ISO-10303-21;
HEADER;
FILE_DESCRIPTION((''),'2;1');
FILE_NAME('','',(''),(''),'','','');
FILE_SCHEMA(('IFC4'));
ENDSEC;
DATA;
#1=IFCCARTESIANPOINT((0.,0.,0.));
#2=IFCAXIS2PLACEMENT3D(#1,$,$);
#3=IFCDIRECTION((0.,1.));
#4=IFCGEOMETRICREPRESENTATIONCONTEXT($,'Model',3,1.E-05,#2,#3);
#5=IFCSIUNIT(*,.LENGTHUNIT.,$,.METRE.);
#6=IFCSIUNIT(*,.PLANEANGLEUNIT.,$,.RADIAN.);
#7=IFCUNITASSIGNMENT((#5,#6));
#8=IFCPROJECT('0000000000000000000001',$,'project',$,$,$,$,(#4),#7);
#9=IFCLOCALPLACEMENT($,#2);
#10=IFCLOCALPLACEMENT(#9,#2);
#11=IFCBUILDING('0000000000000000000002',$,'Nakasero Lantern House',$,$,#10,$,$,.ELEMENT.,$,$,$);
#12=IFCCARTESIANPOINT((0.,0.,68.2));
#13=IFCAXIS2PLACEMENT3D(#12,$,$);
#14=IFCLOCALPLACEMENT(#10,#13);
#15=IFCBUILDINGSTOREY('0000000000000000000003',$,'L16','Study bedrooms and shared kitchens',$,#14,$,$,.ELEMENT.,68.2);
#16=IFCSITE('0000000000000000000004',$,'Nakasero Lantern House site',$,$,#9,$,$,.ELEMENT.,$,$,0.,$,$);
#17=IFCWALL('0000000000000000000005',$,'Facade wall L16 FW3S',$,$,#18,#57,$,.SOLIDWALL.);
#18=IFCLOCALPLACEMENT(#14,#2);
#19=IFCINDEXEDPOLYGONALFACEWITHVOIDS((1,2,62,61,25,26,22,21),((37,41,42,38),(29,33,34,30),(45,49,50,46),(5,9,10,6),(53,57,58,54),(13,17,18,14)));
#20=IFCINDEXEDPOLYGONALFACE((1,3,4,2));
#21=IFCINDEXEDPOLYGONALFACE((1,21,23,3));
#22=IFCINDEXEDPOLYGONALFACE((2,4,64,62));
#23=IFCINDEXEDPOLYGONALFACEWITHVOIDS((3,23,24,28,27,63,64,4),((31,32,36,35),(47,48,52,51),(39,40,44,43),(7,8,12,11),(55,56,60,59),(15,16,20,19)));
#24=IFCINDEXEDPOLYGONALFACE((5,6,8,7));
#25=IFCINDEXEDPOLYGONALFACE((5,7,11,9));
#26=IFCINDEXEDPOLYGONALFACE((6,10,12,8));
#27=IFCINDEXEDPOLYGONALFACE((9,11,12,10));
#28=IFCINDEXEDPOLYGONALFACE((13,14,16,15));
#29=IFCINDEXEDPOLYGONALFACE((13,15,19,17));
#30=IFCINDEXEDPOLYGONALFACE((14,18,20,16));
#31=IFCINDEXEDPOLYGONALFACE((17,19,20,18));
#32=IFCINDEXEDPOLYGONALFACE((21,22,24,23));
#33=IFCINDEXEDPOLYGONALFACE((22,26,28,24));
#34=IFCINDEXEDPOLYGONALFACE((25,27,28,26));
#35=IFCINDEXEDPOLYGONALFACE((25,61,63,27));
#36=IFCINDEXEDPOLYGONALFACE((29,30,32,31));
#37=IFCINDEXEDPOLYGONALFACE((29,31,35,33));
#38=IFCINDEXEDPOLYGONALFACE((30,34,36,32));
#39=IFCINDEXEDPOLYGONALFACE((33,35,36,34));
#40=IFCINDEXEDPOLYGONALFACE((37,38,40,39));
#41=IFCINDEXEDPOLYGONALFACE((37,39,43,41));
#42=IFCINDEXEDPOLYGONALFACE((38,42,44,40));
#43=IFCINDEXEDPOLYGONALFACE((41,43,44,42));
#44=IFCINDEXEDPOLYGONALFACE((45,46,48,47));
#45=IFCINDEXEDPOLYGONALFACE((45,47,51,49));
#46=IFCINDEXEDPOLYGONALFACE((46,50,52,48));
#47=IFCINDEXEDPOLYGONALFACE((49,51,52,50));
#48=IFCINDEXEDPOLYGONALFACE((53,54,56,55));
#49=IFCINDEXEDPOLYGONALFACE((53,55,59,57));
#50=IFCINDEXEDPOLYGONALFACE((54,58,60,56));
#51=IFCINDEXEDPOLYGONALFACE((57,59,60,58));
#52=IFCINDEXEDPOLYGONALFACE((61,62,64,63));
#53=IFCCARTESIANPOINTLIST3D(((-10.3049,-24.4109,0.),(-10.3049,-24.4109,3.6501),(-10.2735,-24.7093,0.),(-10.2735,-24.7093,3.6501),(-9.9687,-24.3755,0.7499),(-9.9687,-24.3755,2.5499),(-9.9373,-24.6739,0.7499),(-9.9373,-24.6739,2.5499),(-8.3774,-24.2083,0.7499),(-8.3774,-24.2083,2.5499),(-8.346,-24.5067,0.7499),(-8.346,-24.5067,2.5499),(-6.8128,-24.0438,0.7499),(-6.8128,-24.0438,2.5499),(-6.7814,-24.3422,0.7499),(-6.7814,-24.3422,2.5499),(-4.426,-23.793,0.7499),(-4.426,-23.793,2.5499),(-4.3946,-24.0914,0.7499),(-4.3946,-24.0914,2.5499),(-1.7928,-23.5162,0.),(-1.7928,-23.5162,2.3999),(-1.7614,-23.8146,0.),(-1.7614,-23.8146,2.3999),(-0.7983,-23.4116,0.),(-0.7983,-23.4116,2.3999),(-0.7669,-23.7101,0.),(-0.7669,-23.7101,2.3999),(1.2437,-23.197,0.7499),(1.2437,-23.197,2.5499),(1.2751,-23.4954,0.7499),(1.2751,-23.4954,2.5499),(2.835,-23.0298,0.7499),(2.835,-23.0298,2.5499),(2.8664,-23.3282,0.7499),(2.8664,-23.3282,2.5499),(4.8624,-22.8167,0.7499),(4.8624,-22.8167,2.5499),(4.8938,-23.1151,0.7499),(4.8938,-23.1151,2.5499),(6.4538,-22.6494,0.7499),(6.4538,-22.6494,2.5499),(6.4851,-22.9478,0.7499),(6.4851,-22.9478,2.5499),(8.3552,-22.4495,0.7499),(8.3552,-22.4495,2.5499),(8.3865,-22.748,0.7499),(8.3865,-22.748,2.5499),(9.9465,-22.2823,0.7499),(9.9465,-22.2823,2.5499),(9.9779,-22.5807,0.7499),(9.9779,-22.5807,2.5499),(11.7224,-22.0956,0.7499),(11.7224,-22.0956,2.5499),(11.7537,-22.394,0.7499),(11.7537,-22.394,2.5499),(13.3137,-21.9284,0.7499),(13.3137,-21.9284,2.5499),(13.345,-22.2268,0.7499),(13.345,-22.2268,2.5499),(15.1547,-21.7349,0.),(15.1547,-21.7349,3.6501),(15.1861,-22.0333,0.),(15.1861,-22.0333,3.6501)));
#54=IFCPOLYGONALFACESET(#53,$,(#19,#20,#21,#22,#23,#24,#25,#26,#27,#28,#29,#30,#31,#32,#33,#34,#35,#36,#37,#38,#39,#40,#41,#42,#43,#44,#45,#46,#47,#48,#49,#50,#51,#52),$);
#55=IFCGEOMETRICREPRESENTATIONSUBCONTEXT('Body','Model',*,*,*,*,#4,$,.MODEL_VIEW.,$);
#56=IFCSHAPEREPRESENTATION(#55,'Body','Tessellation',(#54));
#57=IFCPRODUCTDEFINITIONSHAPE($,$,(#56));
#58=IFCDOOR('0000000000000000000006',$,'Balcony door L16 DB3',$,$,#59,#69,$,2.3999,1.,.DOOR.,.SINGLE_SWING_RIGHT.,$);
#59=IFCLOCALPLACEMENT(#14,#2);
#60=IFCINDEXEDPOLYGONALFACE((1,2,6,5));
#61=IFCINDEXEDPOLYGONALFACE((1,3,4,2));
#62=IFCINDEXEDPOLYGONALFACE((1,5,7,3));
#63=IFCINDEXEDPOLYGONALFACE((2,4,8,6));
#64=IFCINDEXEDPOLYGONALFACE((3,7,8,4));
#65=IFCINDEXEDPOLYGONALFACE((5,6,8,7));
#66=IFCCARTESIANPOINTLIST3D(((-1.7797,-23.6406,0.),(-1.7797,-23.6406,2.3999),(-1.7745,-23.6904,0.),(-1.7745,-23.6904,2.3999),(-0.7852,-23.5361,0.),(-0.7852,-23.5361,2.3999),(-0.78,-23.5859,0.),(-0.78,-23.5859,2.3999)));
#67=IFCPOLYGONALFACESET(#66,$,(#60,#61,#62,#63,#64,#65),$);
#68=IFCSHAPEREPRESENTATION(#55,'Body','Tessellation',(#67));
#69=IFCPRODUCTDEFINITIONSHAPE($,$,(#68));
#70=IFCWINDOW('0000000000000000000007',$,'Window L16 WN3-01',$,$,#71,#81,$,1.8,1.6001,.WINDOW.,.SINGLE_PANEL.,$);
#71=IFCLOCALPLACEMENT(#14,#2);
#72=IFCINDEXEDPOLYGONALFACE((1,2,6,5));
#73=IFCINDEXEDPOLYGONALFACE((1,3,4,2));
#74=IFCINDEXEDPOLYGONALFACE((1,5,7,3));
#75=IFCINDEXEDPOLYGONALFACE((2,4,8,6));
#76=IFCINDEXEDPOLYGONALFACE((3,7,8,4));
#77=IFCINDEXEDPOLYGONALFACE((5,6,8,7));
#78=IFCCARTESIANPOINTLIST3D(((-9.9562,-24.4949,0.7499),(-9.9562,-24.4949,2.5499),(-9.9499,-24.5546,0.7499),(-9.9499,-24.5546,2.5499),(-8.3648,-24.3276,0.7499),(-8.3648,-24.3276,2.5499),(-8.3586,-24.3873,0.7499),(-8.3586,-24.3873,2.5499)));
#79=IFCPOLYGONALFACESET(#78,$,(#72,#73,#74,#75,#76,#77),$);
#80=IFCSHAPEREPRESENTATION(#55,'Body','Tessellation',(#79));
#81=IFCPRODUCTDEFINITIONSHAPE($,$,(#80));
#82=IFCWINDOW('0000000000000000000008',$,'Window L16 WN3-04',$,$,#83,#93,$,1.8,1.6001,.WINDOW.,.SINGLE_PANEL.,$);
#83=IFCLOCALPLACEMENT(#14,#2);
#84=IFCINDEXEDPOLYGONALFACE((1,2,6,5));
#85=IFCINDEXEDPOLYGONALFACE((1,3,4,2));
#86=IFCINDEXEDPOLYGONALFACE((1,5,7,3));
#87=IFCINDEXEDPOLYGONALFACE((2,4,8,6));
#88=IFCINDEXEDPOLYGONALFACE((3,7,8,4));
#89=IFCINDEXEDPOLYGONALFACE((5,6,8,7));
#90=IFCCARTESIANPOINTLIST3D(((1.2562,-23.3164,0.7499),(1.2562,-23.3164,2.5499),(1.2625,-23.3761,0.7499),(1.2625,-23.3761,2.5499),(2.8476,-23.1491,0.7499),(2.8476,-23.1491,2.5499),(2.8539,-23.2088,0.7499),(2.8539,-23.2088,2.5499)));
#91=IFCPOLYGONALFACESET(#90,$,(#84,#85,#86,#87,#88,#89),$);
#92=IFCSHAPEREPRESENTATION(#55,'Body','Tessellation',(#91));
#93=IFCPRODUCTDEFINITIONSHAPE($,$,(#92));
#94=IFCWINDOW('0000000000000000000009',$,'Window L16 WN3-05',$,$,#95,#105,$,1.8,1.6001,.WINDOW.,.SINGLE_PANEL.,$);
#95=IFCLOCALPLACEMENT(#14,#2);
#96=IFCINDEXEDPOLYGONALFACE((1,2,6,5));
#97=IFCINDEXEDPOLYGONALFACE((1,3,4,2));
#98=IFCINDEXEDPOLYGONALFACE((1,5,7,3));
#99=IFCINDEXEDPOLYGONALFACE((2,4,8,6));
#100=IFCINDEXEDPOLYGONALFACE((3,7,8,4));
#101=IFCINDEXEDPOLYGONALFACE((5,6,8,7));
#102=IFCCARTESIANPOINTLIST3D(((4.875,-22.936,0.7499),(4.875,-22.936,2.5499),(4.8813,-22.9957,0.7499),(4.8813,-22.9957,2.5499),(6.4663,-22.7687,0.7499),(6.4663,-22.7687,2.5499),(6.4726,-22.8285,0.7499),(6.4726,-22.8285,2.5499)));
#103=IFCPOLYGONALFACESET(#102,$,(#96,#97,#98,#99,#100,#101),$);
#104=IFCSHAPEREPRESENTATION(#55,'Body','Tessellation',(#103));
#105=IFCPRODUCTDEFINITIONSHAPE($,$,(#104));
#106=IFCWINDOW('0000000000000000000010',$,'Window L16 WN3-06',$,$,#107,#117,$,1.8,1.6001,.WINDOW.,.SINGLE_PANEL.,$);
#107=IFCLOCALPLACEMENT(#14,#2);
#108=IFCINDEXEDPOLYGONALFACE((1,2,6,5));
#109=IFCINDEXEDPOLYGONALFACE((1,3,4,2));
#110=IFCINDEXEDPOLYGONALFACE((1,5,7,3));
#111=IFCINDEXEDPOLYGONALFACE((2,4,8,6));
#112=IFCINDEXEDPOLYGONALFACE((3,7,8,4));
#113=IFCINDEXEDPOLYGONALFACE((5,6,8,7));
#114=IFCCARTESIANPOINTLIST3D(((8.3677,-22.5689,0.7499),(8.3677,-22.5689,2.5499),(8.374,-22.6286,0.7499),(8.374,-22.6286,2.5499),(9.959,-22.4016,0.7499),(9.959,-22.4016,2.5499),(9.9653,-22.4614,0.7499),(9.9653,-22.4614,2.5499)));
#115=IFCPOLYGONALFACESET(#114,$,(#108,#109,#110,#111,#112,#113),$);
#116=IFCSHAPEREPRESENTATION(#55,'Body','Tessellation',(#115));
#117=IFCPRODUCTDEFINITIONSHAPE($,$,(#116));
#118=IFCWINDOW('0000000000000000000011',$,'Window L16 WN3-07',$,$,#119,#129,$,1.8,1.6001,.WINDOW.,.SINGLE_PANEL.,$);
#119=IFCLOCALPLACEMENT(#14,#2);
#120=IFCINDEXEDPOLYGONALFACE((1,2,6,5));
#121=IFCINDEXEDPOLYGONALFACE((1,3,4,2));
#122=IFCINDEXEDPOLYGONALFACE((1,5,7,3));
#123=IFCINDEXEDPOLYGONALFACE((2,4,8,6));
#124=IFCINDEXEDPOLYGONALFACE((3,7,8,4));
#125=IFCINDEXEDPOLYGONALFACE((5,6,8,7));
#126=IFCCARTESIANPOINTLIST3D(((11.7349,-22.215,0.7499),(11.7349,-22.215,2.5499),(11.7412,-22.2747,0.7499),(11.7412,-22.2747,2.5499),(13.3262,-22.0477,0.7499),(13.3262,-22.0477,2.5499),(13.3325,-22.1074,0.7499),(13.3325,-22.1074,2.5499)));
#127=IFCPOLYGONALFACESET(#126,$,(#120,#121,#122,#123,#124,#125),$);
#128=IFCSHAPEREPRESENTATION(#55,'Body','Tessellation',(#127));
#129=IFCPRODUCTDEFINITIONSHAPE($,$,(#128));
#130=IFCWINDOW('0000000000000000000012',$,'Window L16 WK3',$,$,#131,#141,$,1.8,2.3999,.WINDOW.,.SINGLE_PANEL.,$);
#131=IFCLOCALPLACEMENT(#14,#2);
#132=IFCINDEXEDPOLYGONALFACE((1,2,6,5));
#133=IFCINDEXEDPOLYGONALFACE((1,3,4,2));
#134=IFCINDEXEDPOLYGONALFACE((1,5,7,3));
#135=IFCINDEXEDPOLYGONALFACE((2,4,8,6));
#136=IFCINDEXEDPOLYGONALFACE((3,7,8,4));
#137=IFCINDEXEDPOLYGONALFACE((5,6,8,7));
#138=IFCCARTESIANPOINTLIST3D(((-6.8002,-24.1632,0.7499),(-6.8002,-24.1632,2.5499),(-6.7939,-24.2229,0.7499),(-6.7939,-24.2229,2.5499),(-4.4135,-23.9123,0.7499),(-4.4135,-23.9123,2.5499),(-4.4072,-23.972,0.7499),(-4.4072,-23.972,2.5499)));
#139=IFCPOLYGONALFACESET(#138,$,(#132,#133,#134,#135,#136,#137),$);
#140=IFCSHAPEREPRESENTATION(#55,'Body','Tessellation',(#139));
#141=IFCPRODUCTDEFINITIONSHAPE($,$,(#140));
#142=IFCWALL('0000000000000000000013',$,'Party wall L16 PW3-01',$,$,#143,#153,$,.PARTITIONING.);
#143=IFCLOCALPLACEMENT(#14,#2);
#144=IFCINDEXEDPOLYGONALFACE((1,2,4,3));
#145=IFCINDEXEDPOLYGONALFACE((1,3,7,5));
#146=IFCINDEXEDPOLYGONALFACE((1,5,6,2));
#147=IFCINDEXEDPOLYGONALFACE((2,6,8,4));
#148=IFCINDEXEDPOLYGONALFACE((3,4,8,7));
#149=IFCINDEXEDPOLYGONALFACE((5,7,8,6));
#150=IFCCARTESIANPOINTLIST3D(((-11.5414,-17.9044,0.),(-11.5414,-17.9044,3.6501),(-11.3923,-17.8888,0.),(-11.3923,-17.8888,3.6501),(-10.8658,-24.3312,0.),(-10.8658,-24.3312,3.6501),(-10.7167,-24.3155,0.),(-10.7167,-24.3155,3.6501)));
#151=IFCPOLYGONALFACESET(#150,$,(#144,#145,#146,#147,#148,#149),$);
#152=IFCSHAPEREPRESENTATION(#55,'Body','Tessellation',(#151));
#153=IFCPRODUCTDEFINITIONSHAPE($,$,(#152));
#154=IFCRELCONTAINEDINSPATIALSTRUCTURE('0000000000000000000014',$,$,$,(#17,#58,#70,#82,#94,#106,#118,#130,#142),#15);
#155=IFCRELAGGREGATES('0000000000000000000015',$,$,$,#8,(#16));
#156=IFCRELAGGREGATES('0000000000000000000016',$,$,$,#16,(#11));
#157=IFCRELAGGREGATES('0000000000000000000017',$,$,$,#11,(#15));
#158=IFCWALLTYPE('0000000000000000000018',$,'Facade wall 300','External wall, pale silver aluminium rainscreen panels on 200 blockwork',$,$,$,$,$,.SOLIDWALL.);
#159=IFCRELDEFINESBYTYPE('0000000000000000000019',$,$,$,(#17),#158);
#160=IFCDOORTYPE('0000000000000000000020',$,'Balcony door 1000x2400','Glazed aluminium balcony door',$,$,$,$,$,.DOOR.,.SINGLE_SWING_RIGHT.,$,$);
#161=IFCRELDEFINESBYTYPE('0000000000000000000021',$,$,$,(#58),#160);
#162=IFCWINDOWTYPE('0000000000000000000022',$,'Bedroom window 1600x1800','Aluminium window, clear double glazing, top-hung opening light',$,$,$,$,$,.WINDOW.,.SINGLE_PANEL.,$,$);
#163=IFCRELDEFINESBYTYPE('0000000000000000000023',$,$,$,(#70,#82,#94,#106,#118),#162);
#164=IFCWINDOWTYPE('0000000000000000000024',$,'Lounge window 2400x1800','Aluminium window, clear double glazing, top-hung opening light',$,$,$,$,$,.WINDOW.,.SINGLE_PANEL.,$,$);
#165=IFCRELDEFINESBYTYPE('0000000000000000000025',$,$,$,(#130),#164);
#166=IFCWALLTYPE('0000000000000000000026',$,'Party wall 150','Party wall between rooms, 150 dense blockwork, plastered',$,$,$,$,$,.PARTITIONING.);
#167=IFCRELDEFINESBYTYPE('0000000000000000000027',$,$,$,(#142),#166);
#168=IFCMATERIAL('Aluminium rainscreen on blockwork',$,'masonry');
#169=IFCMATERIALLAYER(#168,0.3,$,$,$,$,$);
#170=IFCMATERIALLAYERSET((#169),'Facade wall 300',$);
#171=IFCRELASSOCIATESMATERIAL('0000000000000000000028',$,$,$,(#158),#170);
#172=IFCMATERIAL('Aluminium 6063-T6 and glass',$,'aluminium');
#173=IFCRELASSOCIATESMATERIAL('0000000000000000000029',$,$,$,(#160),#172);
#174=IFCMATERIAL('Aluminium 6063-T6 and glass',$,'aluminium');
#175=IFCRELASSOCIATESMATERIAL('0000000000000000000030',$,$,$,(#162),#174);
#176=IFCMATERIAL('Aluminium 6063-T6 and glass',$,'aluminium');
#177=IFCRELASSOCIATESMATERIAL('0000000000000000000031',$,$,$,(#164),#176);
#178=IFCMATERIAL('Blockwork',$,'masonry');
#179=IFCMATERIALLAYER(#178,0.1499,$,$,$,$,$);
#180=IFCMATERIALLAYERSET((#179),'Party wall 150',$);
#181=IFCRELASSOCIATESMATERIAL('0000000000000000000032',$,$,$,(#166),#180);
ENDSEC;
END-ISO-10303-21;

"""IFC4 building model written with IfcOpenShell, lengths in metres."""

from ifc_helpers import new_model, si_unit, direction, frame, frame_2d, origin, place, context, subcontext, project, spatial, rectangle, extrude, material, layer, layer_set, type_object, element, fill, save


model = new_model("IFC4")

# Units and contexts
model_context = context("Model", 3, precision=1e-05, world=origin(), true_north=direction((0.0, 1.0)))
body_context = subcontext(model_context, "Body", "Model", "MODEL_VIEW")
ifc_project = project(units=[si_unit("LENGTHUNIT", "METRE"), si_unit("PLANEANGLEUNIT", "RADIAN")], contexts=[model_context])

# Site, building, storey
site_placement = place(None, origin())
site = spatial("IfcSite", under=ifc_project, at=site_placement, Name="Nakasero Lantern House site", CompositionType="ELEMENT", RefElevation=0.0)
building_placement = place(site_placement, origin())
building = spatial("IfcBuilding", under=site, at=building_placement, Name="Nakasero Lantern House", CompositionType="ELEMENT")
storey_placement = place(building_placement, frame((0.0, 0.0, 68.2)))
storey = spatial("IfcBuildingStorey", under=building, at=storey_placement, Name="L16", Description="Study bedrooms and shared kitchens", CompositionType="ELEMENT", Elevation=68.2)

# Wall, openings, door, windows
ifc_material_1 = material(Name="Aluminium rainscreen on blockwork", Category="masonry")
ifc_layer_1 = layer(ifc_material_1, 0.3)
ifc_layer_set_1 = layer_set([ifc_layer_1], Name="Facade wall 300")
wall_type_1 = type_object("IfcWallType", Name="Facade wall 300", Description="External wall, pale silver aluminium rainscreen panels on 200 blockwork", PredefinedType="SOLIDWALL", material=ifc_layer_set_1)
wall_1_placement = place(storey_placement, frame((-10.2891, -24.5601, 0.0), z_axis=(0.0, 0.0, 1.0), x_axis=(0.994521, 0.104532, 0.0)))
wall_1 = element("IfcWall", 1, at=wall_1_placement, inside=storey, type_object=wall_type_1, Name="Facade wall L16 FW3S", PredefinedType="SOLIDWALL", context=body_context, shape_type="SweptSolid", body=[
    extrude(rectangle(XDim=25.5999, YDim=0.3, at=frame_2d((12.7998, 0.0))), origin(), (0.0, 0.0, 1.0), 3.6501),
])
opening_1_placement = place(wall_1_placement, frame((0.3379, 0.0, 0.75)))
opening_1 = element("IfcOpeningElement", 2, at=opening_1_placement, cuts=wall_1, PredefinedType="OPENING", context=body_context, shape_type="SweptSolid", body=[
    extrude(rectangle(XDim=1.6001, YDim=1.8, at=frame_2d((0.8, 0.8999))), frame((0.0, 0.1699, 0.0), z_axis=(0.0, -1.0, 0.0), x_axis=(1.0, 0.0, 0.0)), (0.0, 0.0, 1.0), 0.3401),
])
opening_2_placement = place(wall_1_placement, frame((11.6121, 0.0, 0.75)))
opening_2 = element("IfcOpeningElement", 3, at=opening_2_placement, cuts=wall_1, PredefinedType="OPENING", context=body_context, shape_type="SweptSolid", body=[
    extrude(rectangle(XDim=1.6001, YDim=1.8, at=frame_2d((0.8, 0.8999))), frame((0.0, 0.1699, 0.0), z_axis=(0.0, -1.0, 0.0), x_axis=(1.0, 0.0, 0.0)), (0.0, 0.0, 1.0), 0.3401),
])
opening_3_placement = place(wall_1_placement, frame((15.2507, 0.0, 0.75)))
opening_3 = element("IfcOpeningElement", 4, at=opening_3_placement, cuts=wall_1, PredefinedType="OPENING", context=body_context, shape_type="SweptSolid", body=[
    extrude(rectangle(XDim=1.6001, YDim=1.8, at=frame_2d((0.8, 0.8999))), frame((0.0, 0.1699, 0.0), z_axis=(0.0, -1.0, 0.0), x_axis=(1.0, 0.0, 0.0)), (0.0, 0.0, 1.0), 0.3401),
])
opening_4_placement = place(wall_1_placement, frame((18.7627, 0.0, 0.75)))
opening_4 = element("IfcOpeningElement", 5, at=opening_4_placement, cuts=wall_1, PredefinedType="OPENING", context=body_context, shape_type="SweptSolid", body=[
    extrude(rectangle(XDim=1.6001, YDim=1.8, at=frame_2d((0.8, 0.8999))), frame((0.0, 0.1699, 0.0), z_axis=(0.0, -1.0, 0.0), x_axis=(1.0, 0.0, 0.0)), (0.0, 0.0, 1.0), 0.3401),
])
opening_5_placement = place(wall_1_placement, frame((22.1484, 0.0, 0.75)))
opening_5 = element("IfcOpeningElement", 6, at=opening_5_placement, cuts=wall_1, PredefinedType="OPENING", context=body_context, shape_type="SweptSolid", body=[
    extrude(rectangle(XDim=1.6001, YDim=1.8, at=frame_2d((0.8, 0.8999))), frame((0.0, 0.1699, 0.0), z_axis=(0.0, -1.0, 0.0), x_axis=(1.0, 0.0, 0.0)), (0.0, 0.0, 1.0), 0.3401),
])
opening_6_placement = place(wall_1_placement, frame((3.5112, 0.0, 0.75)))
opening_6 = element("IfcOpeningElement", 7, at=opening_6_placement, cuts=wall_1, PredefinedType="OPENING", context=body_context, shape_type="SweptSolid", body=[
    extrude(rectangle(XDim=2.3999, YDim=1.8, at=frame_2d((1.2, 0.8999))), frame((0.0, 0.1699, 0.0), z_axis=(0.0, -1.0, 0.0), x_axis=(1.0, 0.0, 0.0)), (0.0, 0.0, 1.0), 0.3401),
])
opening_7_placement = place(wall_1_placement, frame((8.5588, 0.0, 0.0)))
opening_7 = element("IfcOpeningElement", 8, at=opening_7_placement, cuts=wall_1, PredefinedType="OPENING", context=body_context, shape_type="SweptSolid", body=[
    extrude(rectangle(XDim=1.0, YDim=2.3999, at=frame_2d((0.5, 1.2))), frame((0.0, 0.1699, 0.0), z_axis=(0.0, -1.0, 0.0), x_axis=(1.0, 0.0, 0.0)), (0.0, 0.0, 1.0), 0.3401),
])
ifc_material_2 = material(Name="Aluminium 6063-T6 and glass", Category="aluminium")
door_type_1 = type_object("IfcDoorType", Name="Balcony door 1000x2400", Description="Glazed aluminium balcony door", OperationType="SINGLE_SWING_RIGHT", PredefinedType="DOOR", material=ifc_material_2)
door_1_placement = place(opening_7_placement, origin())
door_1 = element("IfcDoor", 9, at=door_1_placement, inside=storey, type_object=door_type_1, Name="Balcony door L16 DB3", OperationType="SINGLE_SWING_RIGHT", OverallHeight=2.3999, OverallWidth=1.0, PredefinedType="DOOR", context=body_context, shape_type="SweptSolid", body=[
    extrude(rectangle(XDim=1.0, YDim=2.3999, at=frame_2d((0.5, 1.2))), frame((0.0, 0.0249, 0.0), z_axis=(0.0, -1.0, 0.0), x_axis=(1.0, 0.0, 0.0)), (0.0, 0.0, 1.0), 0.05),
])
fill(opening_7, door_1)
ifc_material_3 = material(Name="Aluminium 6063-T6 and glass", Category="aluminium")
window_type_1 = type_object("IfcWindowType", Name="Bedroom window 1600x1800", Description="Aluminium window, clear double glazing, top-hung opening light", PartitioningType="SINGLE_PANEL", PredefinedType="WINDOW", material=ifc_material_3)
window_1_placement = place(opening_1_placement, origin())
window_1 = element("IfcWindow", 10, at=window_1_placement, inside=storey, type_object=window_type_1, Name="Window L16 WN3-01", OverallHeight=1.8, OverallWidth=1.6001, PartitioningType="SINGLE_PANEL", PredefinedType="WINDOW", context=body_context, shape_type="SweptSolid", body=[
    extrude(rectangle(XDim=1.6001, YDim=1.8, at=frame_2d((0.8, 0.8999))), frame((0.0, 0.03, 0.0), z_axis=(0.0, -1.0, 0.0), x_axis=(1.0, 0.0, 0.0)), (0.0, 0.0, 1.0), 0.0601),
])
fill(opening_1, window_1)
window_2_placement = place(opening_2_placement, origin())
window_2 = element("IfcWindow", 11, at=window_2_placement, inside=storey, type_object=window_type_1, Name="Window L16 WN3-04", OverallHeight=1.8, OverallWidth=1.6001, PartitioningType="SINGLE_PANEL", PredefinedType="WINDOW", context=body_context, shape_type="SweptSolid", body=[
    extrude(rectangle(XDim=1.6001, YDim=1.8, at=frame_2d((0.8, 0.8999))), frame((0.0, 0.03, 0.0), z_axis=(0.0, -1.0, 0.0), x_axis=(1.0, 0.0, 0.0)), (0.0, 0.0, 1.0), 0.0601),
])
fill(opening_2, window_2)
window_3_placement = place(opening_3_placement, origin())
window_3 = element("IfcWindow", 12, at=window_3_placement, inside=storey, type_object=window_type_1, Name="Window L16 WN3-05", OverallHeight=1.8, OverallWidth=1.6001, PartitioningType="SINGLE_PANEL", PredefinedType="WINDOW", context=body_context, shape_type="SweptSolid", body=[
    extrude(rectangle(XDim=1.6001, YDim=1.8, at=frame_2d((0.8, 0.8999))), frame((0.0, 0.03, 0.0), z_axis=(0.0, -1.0, 0.0), x_axis=(1.0, 0.0, 0.0)), (0.0, 0.0, 1.0), 0.0601),
])
fill(opening_3, window_3)
window_4_placement = place(opening_4_placement, origin())
window_4 = element("IfcWindow", 13, at=window_4_placement, inside=storey, type_object=window_type_1, Name="Window L16 WN3-06", OverallHeight=1.8, OverallWidth=1.6001, PartitioningType="SINGLE_PANEL", PredefinedType="WINDOW", context=body_context, shape_type="SweptSolid", body=[
    extrude(rectangle(XDim=1.6001, YDim=1.8, at=frame_2d((0.8, 0.8999))), frame((0.0, 0.03, 0.0), z_axis=(0.0, -1.0, 0.0), x_axis=(1.0, 0.0, 0.0)), (0.0, 0.0, 1.0), 0.0601),
])
fill(opening_4, window_4)
window_5_placement = place(opening_5_placement, origin())
window_5 = element("IfcWindow", 14, at=window_5_placement, inside=storey, type_object=window_type_1, Name="Window L16 WN3-07", OverallHeight=1.8, OverallWidth=1.6001, PartitioningType="SINGLE_PANEL", PredefinedType="WINDOW", context=body_context, shape_type="SweptSolid", body=[
    extrude(rectangle(XDim=1.6001, YDim=1.8, at=frame_2d((0.8, 0.8999))), frame((0.0, 0.03, 0.0), z_axis=(0.0, -1.0, 0.0), x_axis=(1.0, 0.0, 0.0)), (0.0, 0.0, 1.0), 0.0601),
])
fill(opening_5, window_5)
ifc_material_4 = material(Name="Aluminium 6063-T6 and glass", Category="aluminium")
window_type_2 = type_object("IfcWindowType", Name="Lounge window 2400x1800", Description="Aluminium window, clear double glazing, top-hung opening light", PartitioningType="SINGLE_PANEL", PredefinedType="WINDOW", material=ifc_material_4)
window_6_placement = place(opening_6_placement, origin())
window_6 = element("IfcWindow", 15, at=window_6_placement, inside=storey, type_object=window_type_2, Name="Window L16 WK3", OverallHeight=1.8, OverallWidth=2.3999, PartitioningType="SINGLE_PANEL", PredefinedType="WINDOW", context=body_context, shape_type="SweptSolid", body=[
    extrude(rectangle(XDim=2.3999, YDim=1.8, at=frame_2d((1.2, 0.8999))), frame((0.0, 0.03, 0.0), z_axis=(0.0, -1.0, 0.0), x_axis=(1.0, 0.0, 0.0)), (0.0, 0.0, 1.0), 0.0601),
])
fill(opening_6, window_6)

# Wall
ifc_material_5 = material(Name="Blockwork", Category="masonry")
ifc_layer_2 = layer(ifc_material_5, 0.1499)
ifc_layer_set_2 = layer_set([ifc_layer_2], Name="Party wall 150")
wall_type_2 = type_object("IfcWallType", Name="Party wall 150", Description="Party wall between rooms, 150 dense blockwork, plastered", PredefinedType="PARTITIONING", material=ifc_layer_set_2)
wall_2_placement = place(storey_placement, frame((-11.4668, -17.8967, 0.0), z_axis=(0.0, 0.0, 1.0), x_axis=(0.104537, -0.994521, 0.0)))
element("IfcWall", 16, at=wall_2_placement, inside=storey, type_object=wall_type_2, Name="Party wall L16 PW3-01", PredefinedType="PARTITIONING", context=body_context, shape_type="SweptSolid", body=[
    extrude(rectangle(XDim=6.4622, YDim=0.1499, at=frame_2d((3.231, 0.0))), origin(), (0.0, 0.0, 1.0), 3.6501),
])

save(model, "model.ifc")
